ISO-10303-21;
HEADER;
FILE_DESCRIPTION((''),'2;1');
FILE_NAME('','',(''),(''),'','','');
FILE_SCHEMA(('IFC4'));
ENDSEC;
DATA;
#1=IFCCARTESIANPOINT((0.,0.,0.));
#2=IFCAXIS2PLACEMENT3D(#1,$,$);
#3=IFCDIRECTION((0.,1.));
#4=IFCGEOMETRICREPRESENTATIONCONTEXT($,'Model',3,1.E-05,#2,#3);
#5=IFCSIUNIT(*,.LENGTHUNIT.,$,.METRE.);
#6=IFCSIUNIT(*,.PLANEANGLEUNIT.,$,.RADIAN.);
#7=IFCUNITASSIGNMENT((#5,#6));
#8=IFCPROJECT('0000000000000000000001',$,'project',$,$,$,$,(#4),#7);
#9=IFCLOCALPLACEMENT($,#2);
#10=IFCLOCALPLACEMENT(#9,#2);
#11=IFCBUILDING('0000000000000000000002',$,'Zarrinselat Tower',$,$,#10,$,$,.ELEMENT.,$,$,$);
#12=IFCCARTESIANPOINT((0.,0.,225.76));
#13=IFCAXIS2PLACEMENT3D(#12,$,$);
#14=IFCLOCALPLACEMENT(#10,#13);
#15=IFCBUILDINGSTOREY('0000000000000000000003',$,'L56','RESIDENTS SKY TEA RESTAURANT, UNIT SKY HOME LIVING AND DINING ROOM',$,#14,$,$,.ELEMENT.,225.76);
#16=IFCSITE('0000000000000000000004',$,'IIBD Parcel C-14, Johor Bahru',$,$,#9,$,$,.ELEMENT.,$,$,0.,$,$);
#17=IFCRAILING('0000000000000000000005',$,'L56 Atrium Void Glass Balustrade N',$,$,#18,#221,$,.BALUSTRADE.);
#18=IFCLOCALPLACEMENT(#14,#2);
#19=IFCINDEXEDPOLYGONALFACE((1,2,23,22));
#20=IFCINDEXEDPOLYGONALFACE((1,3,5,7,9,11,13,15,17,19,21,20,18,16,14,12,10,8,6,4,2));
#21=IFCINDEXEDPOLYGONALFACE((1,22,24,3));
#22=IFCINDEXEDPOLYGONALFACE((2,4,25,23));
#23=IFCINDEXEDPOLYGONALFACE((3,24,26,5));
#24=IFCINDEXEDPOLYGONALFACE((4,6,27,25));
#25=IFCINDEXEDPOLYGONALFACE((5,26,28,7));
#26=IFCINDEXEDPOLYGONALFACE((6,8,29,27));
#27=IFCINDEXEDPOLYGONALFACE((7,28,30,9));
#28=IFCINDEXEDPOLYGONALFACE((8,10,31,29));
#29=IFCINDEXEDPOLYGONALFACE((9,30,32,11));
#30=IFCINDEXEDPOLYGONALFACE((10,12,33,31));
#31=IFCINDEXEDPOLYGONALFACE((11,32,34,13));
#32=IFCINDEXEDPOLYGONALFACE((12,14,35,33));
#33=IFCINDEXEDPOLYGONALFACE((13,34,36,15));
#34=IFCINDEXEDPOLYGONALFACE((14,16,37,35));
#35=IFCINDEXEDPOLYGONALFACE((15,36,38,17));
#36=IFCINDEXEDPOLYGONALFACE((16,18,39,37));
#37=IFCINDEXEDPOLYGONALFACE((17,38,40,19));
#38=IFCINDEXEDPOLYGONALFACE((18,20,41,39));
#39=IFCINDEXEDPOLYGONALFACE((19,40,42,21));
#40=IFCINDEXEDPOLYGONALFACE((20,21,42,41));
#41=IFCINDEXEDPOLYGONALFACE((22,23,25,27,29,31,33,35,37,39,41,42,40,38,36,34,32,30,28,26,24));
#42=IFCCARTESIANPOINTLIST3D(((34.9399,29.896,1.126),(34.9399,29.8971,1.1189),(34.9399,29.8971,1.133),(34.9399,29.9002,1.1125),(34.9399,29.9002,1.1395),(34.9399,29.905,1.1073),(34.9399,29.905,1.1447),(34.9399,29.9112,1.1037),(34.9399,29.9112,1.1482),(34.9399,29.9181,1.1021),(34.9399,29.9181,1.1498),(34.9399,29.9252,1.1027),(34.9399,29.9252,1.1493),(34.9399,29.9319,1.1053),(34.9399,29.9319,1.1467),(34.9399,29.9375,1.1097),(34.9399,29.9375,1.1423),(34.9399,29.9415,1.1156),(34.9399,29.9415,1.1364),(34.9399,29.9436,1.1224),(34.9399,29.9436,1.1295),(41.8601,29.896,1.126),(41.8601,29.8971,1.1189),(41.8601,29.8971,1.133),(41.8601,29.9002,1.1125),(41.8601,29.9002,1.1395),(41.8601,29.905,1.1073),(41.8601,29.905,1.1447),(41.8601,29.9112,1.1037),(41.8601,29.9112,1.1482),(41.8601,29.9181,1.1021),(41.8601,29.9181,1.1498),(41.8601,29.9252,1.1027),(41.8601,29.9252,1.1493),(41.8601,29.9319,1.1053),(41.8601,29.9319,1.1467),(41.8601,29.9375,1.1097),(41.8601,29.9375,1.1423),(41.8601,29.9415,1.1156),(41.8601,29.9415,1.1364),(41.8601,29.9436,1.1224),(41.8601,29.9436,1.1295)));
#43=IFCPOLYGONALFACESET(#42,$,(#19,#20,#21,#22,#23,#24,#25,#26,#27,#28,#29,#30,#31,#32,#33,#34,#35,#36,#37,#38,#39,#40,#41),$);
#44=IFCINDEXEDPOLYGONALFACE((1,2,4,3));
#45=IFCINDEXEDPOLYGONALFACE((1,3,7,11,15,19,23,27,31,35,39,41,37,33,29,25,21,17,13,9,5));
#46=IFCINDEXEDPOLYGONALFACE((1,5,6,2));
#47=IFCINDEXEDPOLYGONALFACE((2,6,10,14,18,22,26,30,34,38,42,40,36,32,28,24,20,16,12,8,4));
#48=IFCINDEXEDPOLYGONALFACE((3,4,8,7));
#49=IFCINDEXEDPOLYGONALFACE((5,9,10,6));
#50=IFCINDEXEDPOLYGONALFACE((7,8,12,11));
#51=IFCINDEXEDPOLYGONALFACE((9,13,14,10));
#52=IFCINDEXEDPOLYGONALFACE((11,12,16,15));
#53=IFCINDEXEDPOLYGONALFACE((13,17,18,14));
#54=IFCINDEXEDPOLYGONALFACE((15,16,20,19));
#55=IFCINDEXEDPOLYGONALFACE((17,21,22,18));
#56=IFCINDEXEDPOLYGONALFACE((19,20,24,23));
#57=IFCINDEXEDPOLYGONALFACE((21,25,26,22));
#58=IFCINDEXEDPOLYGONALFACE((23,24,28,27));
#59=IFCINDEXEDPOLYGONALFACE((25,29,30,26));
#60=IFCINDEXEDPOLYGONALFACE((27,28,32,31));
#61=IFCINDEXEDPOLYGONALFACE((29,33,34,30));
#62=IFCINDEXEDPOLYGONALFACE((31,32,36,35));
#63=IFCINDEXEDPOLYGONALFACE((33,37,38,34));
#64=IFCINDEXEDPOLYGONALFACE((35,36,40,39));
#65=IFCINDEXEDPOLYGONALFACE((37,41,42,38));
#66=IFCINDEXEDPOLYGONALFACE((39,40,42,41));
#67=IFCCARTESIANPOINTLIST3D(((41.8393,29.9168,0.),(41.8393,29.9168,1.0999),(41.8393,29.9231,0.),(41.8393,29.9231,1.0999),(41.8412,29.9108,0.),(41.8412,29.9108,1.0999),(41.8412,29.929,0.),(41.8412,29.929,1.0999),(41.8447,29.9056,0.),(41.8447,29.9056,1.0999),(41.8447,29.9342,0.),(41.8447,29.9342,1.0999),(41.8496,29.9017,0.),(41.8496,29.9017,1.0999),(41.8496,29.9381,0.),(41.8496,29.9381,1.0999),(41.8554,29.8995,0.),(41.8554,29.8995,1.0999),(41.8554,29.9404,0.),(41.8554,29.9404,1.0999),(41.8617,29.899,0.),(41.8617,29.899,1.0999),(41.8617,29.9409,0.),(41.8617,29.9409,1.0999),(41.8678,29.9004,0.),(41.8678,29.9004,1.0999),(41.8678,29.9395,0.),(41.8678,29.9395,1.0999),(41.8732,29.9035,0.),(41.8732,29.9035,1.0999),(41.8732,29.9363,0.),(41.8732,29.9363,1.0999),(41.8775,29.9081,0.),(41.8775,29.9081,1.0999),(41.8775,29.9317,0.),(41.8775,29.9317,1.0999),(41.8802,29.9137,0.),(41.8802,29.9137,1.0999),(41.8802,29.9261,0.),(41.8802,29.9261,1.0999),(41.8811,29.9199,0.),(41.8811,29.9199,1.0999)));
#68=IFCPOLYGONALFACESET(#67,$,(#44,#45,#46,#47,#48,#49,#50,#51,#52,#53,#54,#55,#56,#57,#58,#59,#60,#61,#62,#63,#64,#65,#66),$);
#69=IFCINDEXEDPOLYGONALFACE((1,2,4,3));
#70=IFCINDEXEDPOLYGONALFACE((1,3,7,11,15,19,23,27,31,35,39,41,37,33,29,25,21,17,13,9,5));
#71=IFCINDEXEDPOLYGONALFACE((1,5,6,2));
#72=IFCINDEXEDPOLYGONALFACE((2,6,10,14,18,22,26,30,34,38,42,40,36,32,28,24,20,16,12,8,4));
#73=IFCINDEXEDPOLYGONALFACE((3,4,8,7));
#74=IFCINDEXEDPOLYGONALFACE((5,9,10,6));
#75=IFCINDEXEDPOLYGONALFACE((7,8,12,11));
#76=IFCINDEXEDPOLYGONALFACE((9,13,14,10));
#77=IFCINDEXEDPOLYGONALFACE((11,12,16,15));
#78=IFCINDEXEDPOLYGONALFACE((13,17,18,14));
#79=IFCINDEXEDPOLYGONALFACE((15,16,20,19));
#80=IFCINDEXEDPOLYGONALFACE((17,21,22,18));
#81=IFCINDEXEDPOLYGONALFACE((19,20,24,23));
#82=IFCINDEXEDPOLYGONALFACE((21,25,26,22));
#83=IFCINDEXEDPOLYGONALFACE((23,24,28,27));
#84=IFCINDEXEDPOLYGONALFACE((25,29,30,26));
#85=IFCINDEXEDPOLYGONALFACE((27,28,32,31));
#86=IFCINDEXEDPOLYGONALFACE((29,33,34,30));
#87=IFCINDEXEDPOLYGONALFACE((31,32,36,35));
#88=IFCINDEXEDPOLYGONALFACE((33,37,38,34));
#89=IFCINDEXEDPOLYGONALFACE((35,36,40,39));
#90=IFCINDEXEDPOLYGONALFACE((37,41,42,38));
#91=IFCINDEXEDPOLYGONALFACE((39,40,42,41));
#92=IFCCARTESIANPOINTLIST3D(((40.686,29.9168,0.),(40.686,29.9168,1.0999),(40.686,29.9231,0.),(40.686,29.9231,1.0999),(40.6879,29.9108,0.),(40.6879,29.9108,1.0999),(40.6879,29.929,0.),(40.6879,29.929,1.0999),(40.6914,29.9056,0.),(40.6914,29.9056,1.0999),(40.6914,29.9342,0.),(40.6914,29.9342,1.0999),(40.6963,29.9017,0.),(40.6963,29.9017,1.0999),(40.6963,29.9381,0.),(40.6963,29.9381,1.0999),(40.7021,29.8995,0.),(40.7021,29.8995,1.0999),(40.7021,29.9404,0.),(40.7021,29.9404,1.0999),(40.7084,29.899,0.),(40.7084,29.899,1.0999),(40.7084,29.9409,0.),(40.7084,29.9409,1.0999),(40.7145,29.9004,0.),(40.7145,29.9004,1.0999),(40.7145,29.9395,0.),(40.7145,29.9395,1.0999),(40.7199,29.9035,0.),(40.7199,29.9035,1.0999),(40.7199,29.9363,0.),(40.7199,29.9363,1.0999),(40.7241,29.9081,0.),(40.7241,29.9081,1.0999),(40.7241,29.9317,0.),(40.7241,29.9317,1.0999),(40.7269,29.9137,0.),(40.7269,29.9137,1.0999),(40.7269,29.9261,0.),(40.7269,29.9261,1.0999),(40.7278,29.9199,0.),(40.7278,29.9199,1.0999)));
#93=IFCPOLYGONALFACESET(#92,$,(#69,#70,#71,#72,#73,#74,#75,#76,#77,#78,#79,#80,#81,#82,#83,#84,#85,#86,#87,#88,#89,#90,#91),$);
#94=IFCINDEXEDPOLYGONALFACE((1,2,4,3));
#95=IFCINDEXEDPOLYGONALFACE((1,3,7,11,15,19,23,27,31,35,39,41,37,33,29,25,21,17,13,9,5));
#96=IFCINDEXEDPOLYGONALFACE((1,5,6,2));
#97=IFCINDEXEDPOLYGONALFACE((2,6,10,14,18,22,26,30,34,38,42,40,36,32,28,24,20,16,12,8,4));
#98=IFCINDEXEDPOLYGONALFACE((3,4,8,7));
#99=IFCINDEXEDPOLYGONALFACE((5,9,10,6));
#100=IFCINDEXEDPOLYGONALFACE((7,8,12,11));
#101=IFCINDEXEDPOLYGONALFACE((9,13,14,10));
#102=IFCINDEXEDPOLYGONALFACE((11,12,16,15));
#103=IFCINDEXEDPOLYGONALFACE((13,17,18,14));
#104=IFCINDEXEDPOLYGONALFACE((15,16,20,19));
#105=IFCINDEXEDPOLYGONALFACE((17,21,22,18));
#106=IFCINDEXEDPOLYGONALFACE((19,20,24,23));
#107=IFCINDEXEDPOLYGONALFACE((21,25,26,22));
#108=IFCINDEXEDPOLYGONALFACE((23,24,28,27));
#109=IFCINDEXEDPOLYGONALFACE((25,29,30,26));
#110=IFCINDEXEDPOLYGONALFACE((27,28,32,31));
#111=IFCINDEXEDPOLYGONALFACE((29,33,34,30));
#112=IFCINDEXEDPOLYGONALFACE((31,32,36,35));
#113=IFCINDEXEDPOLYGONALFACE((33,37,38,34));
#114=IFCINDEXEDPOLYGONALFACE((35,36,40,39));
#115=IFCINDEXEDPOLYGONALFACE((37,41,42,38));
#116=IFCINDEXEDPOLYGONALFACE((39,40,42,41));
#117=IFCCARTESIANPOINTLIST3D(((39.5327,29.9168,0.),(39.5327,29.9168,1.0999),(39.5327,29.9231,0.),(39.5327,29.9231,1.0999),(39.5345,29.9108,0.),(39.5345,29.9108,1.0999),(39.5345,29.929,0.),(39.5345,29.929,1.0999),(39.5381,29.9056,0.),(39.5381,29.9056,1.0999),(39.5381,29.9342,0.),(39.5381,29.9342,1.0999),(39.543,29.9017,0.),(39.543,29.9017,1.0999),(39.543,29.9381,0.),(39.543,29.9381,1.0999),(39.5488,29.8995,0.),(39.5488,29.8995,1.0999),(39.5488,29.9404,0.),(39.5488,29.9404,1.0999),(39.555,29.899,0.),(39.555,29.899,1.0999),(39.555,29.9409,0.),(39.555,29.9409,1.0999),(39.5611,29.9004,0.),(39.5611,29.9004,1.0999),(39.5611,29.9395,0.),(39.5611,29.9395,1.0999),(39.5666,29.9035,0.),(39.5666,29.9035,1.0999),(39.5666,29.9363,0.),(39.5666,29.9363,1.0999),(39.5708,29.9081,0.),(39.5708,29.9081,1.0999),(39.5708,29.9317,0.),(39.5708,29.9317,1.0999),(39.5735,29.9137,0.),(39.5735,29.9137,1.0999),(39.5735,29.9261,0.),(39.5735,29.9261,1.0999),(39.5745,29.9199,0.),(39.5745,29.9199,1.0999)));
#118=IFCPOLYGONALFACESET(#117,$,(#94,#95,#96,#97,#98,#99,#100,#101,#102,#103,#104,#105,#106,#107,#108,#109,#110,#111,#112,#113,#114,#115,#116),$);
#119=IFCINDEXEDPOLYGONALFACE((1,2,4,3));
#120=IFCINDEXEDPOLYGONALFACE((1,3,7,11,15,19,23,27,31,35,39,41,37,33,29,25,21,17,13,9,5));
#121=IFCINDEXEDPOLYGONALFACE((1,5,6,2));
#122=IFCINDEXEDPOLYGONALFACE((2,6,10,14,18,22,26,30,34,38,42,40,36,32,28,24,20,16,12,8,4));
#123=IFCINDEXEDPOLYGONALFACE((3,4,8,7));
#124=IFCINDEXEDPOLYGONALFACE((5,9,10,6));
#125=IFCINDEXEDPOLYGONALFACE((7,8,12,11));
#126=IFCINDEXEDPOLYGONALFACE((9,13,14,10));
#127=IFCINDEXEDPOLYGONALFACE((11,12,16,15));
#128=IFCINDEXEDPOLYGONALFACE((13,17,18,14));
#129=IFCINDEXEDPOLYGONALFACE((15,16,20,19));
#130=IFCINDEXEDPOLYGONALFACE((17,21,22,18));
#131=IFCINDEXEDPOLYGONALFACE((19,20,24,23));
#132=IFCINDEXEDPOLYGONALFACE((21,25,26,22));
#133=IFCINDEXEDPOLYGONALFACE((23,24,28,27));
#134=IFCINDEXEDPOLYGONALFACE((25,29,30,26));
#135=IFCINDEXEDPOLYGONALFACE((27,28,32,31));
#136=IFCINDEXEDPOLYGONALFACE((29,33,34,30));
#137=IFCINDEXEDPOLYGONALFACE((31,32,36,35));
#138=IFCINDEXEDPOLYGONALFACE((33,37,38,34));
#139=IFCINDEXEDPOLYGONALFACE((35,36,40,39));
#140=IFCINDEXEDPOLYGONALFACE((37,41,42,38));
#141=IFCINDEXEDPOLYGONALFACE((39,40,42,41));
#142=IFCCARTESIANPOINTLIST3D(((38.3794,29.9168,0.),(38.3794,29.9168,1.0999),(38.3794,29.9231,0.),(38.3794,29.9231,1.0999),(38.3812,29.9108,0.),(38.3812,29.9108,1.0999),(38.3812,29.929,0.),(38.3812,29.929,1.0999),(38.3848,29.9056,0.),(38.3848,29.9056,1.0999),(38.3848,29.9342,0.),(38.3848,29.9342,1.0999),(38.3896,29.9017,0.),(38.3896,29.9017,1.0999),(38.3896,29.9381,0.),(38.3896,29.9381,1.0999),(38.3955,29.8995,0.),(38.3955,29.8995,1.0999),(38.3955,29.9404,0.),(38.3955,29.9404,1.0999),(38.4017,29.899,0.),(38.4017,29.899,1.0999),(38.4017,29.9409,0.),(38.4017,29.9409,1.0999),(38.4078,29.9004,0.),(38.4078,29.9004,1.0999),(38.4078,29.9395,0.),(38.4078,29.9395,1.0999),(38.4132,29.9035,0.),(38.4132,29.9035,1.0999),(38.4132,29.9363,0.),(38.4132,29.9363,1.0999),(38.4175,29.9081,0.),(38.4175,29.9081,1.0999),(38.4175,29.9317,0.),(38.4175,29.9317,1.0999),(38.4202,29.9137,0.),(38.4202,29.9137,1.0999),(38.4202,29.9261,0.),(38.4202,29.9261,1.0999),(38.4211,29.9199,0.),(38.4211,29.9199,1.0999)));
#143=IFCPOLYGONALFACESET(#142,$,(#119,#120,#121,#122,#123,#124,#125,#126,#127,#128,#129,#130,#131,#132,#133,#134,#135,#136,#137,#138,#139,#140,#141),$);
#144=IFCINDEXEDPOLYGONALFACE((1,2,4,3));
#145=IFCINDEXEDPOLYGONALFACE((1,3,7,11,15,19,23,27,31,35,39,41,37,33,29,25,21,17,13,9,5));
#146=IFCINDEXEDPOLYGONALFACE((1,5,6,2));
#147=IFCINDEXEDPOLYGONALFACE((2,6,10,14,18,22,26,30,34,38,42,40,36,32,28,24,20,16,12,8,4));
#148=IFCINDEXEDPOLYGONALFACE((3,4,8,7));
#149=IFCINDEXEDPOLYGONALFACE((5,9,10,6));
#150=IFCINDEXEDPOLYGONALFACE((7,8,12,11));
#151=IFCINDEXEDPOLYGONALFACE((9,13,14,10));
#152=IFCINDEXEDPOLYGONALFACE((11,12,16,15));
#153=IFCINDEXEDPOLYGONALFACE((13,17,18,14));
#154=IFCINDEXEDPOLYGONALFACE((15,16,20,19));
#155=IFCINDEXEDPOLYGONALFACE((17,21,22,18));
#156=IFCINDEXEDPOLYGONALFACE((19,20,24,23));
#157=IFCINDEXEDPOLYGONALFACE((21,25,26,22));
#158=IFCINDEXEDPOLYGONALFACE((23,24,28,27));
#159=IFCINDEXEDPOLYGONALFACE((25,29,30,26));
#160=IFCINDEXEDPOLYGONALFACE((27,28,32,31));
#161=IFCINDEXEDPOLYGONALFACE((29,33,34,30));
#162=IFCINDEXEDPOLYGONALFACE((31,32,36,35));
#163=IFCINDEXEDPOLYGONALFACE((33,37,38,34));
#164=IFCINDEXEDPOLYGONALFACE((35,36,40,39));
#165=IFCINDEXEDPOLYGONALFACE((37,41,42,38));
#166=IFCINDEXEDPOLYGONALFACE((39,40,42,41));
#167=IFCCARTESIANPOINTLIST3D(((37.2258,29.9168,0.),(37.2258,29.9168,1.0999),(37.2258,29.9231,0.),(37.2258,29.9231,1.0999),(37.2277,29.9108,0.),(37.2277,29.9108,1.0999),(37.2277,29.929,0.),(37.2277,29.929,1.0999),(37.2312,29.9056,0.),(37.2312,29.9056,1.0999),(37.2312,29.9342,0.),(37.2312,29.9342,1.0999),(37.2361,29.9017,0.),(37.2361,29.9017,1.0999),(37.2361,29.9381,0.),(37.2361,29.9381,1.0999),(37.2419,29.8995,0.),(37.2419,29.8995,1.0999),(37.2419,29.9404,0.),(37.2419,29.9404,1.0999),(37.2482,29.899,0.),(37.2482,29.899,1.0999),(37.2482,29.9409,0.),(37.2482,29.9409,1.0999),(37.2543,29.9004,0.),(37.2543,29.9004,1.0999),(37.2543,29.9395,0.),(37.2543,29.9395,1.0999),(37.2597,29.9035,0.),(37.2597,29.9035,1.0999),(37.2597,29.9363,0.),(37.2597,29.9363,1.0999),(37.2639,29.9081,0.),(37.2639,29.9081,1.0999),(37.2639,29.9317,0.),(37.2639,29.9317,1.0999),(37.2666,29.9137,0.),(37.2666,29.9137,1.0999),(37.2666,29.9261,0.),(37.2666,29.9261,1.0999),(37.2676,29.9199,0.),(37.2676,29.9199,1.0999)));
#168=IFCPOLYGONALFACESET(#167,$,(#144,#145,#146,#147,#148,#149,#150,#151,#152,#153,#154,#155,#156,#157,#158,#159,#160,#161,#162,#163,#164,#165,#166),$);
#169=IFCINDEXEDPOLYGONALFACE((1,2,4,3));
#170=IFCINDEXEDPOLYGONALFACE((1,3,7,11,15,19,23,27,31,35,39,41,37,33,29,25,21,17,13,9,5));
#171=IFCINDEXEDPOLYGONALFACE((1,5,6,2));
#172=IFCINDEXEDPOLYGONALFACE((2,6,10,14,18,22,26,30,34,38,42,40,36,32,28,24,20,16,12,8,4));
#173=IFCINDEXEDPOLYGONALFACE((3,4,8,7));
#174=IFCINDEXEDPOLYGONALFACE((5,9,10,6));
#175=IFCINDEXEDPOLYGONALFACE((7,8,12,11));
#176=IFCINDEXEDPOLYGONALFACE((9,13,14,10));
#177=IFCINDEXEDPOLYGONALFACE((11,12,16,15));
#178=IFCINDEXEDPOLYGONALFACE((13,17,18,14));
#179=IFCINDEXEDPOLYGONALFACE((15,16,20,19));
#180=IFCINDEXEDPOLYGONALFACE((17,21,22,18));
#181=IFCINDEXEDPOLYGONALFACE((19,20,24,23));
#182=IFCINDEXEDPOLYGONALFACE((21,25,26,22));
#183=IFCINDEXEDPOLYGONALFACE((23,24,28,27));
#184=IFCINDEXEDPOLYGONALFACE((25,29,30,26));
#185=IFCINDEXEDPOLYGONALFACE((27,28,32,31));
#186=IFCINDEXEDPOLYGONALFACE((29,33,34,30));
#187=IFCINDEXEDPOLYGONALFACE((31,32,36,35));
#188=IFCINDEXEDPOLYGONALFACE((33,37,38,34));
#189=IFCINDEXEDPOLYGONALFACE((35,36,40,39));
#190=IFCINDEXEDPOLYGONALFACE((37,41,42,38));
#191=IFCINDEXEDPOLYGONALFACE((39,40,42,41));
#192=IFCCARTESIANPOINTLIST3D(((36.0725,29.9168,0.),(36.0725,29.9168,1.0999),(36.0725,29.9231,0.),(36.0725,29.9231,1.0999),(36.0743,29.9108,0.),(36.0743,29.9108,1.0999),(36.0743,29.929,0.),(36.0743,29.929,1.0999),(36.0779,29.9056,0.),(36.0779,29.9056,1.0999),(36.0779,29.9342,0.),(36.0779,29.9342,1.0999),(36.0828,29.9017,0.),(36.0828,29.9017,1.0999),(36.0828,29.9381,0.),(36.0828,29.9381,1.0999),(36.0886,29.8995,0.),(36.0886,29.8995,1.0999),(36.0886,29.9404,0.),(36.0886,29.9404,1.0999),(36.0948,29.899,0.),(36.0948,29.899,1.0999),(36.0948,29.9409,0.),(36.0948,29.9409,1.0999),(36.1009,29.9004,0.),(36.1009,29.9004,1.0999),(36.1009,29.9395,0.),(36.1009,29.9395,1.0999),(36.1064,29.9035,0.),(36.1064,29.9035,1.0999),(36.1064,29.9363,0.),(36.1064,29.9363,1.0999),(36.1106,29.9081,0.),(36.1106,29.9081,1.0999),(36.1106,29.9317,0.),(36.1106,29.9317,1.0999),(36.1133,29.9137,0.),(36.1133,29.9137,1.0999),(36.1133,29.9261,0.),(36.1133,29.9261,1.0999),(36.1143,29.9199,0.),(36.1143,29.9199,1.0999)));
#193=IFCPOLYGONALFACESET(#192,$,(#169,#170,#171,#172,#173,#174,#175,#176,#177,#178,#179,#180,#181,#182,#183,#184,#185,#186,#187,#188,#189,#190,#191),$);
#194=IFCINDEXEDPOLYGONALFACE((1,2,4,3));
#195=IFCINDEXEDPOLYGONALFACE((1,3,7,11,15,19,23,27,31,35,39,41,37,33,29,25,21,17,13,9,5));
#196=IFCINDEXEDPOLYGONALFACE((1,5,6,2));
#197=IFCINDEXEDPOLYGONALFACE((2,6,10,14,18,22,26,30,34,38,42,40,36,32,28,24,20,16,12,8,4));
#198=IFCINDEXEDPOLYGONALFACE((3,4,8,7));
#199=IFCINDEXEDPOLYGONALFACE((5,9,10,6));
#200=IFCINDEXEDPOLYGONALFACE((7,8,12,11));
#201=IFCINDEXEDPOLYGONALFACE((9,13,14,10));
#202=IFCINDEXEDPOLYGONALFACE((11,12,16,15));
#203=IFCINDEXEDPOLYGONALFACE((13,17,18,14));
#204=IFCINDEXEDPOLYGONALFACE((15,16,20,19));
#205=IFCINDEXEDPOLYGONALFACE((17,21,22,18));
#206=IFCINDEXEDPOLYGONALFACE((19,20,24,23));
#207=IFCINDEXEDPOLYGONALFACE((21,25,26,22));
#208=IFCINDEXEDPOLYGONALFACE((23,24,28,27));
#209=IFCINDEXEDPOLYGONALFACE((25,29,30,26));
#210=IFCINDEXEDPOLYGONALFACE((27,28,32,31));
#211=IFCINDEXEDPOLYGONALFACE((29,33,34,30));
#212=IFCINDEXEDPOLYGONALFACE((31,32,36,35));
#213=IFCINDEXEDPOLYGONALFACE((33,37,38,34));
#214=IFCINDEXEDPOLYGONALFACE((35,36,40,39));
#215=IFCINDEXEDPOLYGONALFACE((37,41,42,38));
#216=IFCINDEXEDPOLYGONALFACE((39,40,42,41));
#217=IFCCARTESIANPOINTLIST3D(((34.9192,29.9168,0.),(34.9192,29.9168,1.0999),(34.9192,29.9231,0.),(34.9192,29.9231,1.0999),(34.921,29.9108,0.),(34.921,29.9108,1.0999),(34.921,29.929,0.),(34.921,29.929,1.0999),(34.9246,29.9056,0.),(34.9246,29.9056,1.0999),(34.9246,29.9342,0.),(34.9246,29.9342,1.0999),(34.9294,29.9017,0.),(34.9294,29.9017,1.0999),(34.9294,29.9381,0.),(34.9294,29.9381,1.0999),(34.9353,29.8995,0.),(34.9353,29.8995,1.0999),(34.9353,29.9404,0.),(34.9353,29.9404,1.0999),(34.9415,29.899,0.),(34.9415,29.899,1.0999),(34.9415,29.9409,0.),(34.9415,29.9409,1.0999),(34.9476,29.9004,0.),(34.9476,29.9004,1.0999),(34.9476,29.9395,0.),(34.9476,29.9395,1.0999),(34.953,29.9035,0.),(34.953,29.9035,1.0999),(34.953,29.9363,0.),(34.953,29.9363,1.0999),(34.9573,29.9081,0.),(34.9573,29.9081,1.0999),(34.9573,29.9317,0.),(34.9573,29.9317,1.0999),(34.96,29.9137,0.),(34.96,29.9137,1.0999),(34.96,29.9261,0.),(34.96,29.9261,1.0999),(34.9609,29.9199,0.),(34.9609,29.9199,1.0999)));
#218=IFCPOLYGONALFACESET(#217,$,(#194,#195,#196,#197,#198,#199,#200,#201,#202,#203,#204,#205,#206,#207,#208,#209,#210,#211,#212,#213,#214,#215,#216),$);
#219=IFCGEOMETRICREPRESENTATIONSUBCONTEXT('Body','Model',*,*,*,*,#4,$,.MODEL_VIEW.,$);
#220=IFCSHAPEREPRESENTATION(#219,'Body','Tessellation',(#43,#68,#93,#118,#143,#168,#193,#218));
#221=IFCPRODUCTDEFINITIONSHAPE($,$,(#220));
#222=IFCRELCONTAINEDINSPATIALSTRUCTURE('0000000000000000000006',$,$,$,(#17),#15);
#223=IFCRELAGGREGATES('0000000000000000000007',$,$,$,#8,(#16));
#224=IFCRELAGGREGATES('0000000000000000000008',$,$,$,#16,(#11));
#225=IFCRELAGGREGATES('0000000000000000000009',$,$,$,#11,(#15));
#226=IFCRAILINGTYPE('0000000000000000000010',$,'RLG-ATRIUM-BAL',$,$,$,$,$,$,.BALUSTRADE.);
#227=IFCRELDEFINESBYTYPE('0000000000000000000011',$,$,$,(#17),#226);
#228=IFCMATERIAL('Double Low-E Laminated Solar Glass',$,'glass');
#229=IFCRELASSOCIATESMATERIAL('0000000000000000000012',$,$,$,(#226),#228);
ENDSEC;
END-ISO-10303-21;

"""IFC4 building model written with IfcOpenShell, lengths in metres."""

from ifc_helpers import new_model, si_unit, direction, frame, origin, origin_2d, place, context, subcontext, project, spatial, circle, extrude, material, type_object, element, save


model = new_model("IFC4")

# Units and contexts
model_context = context("Model", 3, precision=1e-05, world=origin(), true_north=direction((0.0, 1.0)))
body_context = subcontext(model_context, "Body", "Model", "MODEL_VIEW")
ifc_project = project(units=[si_unit("LENGTHUNIT", "METRE"), si_unit("PLANEANGLEUNIT", "RADIAN")], contexts=[model_context])

# Site, building, storey
site_placement = place(None, origin())
site = spatial("IfcSite", under=ifc_project, at=site_placement, Name="IIBD Parcel C-14, Johor Bahru", CompositionType="ELEMENT", RefElevation=0.0)
building_placement = place(site_placement, origin())
building = spatial("IfcBuilding", under=site, at=building_placement, Name="Zarrinselat Tower", CompositionType="ELEMENT")
storey_placement = place(building_placement, frame((0.0, 0.0, 225.76)))
storey = spatial("IfcBuildingStorey", under=building, at=storey_placement, Name="L56", Description="RESIDENTS SKY TEA RESTAURANT, UNIT SKY HOME LIVING AND DINING ROOM", CompositionType="ELEMENT", Elevation=225.76)

# Railing
ifc_material_1 = material(Name="Double Low-E Laminated Solar Glass", Category="glass")
railing_type = type_object("IfcRailingType", Name="RLG-ATRIUM-BAL", PredefinedType="BALUSTRADE", material=ifc_material_1)
railing_1_placement = place(storey_placement, frame((41.8601, 29.9199, 0.0)))
element("IfcRailing", 1, at=railing_1_placement, inside=storey, type_object=railing_type, Name="L56 Atrium Void Glass Balustrade N", PredefinedType="BALUSTRADE", context=body_context, shape_type="SweptSolid", body=[
    extrude(circle(Radius=0.0239, at=origin_2d()), frame((0.0, 0.0, 1.126), z_axis=(-1.0, 0.0, 0.0), x_axis=(0.0, -1.0, 0.0)), (0.0, 0.0, 1.0), 6.9202),
    extrude(circle(Radius=0.021, at=origin_2d()), origin(), (0.0, 0.0, 1.0), 1.0999),
    extrude(circle(Radius=0.021, at=origin_2d()), frame((-1.1533, 0.0, 0.0)), (0.0, 0.0, 1.0), 1.0999),
    extrude(circle(Radius=0.021, at=origin_2d()), frame((-2.3066, 0.0, 0.0)), (0.0, 0.0, 1.0), 1.0999),
    extrude(circle(Radius=0.021, at=origin_2d()), frame((-3.46, 0.0, 0.0)), (0.0, 0.0, 1.0), 1.0999),
    extrude(circle(Radius=0.021, at=origin_2d()), frame((-4.6135, 0.0, 0.0)), (0.0, 0.0, 1.0), 1.0999),
    extrude(circle(Radius=0.021, at=origin_2d()), frame((-5.7668, 0.0, 0.0)), (0.0, 0.0, 1.0), 1.0999),
    extrude(circle(Radius=0.021, at=origin_2d()), frame((-6.9202, 0.0, 0.0)), (0.0, 0.0, 1.0), 1.0999),
])

save(model, "model.ifc")
